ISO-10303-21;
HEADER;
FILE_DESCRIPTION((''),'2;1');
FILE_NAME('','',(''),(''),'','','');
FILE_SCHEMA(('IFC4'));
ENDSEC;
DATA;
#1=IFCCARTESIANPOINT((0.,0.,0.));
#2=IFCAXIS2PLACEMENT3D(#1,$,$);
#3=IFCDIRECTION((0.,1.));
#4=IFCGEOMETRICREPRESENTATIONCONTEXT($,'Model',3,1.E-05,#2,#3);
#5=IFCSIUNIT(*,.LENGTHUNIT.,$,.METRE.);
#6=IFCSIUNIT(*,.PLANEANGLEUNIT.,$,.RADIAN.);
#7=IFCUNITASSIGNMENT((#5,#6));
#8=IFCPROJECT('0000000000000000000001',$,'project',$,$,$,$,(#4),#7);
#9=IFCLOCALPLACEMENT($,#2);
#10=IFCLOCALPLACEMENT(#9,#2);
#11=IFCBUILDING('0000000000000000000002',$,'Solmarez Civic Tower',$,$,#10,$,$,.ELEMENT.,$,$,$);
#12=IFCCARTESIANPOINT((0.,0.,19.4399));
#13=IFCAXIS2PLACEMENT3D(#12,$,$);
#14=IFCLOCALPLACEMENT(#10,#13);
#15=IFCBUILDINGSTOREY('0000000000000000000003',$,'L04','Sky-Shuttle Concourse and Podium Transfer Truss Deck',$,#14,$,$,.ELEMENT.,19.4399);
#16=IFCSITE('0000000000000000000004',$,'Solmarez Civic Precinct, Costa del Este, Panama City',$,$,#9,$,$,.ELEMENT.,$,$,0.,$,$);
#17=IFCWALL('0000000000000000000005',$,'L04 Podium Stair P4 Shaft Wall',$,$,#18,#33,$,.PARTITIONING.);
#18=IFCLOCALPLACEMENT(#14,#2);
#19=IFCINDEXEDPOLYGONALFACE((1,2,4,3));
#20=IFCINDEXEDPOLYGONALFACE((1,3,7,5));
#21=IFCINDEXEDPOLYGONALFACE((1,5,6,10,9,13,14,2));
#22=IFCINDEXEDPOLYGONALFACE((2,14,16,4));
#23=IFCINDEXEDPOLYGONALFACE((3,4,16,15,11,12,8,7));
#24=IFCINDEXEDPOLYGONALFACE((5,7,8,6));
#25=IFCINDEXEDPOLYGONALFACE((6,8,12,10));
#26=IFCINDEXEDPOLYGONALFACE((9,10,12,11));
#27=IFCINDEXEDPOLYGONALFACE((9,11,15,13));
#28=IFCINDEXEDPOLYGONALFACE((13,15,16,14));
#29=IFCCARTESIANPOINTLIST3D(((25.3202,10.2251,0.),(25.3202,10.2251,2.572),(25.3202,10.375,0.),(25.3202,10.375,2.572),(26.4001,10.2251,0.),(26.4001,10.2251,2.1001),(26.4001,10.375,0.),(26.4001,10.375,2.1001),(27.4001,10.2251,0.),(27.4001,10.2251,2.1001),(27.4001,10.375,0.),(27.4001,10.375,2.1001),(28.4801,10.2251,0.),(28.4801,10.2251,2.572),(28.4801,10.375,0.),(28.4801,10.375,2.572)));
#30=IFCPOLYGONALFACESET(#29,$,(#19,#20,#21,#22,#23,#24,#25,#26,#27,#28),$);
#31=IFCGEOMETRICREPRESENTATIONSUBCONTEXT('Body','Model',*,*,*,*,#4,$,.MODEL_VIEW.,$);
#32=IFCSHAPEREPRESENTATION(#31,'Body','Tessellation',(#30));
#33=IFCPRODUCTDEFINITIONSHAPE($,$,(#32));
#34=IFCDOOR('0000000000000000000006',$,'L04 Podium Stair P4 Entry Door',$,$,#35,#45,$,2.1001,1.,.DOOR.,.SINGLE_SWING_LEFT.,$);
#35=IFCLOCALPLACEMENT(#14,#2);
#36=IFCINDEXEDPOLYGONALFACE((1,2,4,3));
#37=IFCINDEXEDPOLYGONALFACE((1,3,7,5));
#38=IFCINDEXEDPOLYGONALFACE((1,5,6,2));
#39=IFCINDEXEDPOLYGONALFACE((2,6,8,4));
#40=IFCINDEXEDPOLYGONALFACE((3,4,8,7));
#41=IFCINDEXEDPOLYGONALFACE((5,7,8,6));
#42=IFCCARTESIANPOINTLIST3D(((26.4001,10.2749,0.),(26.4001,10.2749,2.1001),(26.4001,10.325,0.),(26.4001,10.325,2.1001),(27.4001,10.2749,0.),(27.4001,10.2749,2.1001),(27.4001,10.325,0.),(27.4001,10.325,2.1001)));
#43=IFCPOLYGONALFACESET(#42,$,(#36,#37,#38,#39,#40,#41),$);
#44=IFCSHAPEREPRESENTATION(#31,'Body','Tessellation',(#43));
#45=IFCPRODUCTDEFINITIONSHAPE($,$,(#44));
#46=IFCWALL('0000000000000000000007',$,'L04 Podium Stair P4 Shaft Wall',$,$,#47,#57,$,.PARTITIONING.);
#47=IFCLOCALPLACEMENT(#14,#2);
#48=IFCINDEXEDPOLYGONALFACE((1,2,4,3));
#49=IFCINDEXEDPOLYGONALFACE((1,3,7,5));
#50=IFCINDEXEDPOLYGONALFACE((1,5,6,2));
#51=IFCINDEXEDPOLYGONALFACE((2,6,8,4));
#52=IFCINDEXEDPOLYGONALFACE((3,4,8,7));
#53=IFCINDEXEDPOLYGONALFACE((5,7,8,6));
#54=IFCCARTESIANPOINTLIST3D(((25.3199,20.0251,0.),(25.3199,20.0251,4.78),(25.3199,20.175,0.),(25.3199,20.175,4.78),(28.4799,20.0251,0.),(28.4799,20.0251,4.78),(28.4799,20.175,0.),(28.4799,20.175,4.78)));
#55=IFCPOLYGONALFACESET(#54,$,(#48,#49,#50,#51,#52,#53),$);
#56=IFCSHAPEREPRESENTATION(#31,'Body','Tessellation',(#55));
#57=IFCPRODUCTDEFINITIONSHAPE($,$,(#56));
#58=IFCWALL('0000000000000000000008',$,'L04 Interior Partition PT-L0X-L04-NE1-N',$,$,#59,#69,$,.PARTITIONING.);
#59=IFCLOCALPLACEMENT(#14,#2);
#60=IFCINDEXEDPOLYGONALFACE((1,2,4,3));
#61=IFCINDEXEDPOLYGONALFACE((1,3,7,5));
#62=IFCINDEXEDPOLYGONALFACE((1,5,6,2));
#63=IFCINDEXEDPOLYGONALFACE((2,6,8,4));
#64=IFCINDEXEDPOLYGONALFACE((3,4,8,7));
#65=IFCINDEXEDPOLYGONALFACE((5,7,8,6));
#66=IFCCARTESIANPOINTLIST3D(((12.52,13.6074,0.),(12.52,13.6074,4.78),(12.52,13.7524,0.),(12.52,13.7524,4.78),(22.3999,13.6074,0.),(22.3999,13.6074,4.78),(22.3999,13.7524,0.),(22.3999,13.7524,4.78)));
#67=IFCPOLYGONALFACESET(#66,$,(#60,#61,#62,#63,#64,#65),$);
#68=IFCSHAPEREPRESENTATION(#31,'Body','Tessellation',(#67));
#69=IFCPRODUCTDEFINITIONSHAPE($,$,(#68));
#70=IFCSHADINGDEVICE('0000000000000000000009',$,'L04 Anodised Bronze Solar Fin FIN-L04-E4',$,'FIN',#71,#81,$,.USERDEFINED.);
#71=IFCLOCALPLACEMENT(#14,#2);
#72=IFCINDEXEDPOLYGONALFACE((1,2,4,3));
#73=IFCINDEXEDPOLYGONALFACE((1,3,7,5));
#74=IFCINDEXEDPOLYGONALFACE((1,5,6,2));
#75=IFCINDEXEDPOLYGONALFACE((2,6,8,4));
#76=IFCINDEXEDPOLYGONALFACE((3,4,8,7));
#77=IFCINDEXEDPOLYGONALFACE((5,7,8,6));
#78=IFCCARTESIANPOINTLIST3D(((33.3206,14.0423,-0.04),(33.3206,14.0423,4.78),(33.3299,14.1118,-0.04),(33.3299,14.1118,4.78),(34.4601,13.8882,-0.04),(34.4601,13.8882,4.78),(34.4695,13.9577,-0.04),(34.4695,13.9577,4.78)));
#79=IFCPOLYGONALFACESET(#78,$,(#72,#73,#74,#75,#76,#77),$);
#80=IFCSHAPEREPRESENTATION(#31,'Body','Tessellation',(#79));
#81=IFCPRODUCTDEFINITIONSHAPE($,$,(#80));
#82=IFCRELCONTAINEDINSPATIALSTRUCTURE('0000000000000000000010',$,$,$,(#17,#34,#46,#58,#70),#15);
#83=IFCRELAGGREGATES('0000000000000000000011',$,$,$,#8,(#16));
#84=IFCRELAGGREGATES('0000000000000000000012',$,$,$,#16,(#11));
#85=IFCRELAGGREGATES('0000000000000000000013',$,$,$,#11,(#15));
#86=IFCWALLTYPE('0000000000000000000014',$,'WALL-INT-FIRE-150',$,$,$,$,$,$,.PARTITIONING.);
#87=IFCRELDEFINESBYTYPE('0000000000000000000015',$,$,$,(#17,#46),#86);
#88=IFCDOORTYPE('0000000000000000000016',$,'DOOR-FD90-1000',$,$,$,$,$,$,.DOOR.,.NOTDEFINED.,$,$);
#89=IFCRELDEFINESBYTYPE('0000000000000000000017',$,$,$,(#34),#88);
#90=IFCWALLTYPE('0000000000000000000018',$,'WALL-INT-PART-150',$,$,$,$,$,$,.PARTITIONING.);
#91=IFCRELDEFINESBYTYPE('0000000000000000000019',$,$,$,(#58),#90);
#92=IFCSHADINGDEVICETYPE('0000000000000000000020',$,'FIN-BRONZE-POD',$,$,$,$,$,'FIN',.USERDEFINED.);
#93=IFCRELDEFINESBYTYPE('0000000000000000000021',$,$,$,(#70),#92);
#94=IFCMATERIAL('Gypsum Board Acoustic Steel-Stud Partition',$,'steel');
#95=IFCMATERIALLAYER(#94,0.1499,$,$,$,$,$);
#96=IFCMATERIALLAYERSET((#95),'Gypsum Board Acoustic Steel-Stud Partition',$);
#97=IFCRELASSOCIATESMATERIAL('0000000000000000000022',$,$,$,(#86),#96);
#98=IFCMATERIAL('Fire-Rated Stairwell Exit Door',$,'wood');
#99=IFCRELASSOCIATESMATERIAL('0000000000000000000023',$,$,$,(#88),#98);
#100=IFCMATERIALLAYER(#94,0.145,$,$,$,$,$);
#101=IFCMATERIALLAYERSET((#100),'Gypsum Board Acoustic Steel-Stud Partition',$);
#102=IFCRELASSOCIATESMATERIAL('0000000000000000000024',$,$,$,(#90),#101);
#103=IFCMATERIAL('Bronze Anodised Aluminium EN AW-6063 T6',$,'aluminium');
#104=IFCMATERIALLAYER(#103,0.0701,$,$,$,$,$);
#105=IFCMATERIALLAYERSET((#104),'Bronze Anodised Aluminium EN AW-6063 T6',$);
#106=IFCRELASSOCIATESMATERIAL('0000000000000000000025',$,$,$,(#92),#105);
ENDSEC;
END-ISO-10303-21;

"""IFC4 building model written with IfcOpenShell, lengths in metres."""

from ifc_helpers import new_model, si_unit, direction, frame, frame_2d, origin, origin_2d, place, context, subcontext, project, spatial, rectangle, extrude, material, layer, layer_set, type_object, element, fill, save


model = new_model("IFC4")

# Units and contexts
model_context = context("Model", 3, precision=1e-05, world=origin(), true_north=direction((0.0, 1.0)))
body_context = subcontext(model_context, "Body", "Model", "MODEL_VIEW")
ifc_project = project(units=[si_unit("LENGTHUNIT", "METRE"), si_unit("PLANEANGLEUNIT", "RADIAN")], contexts=[model_context])

# Site, building, storey
site_placement = place(None, origin())
site = spatial("IfcSite", under=ifc_project, at=site_placement, Name="Solmarez Civic Precinct, Costa del Este, Panama City", CompositionType="ELEMENT", RefElevation=0.0)
building_placement = place(site_placement, origin())
building = spatial("IfcBuilding", under=site, at=building_placement, Name="Solmarez Civic Tower", CompositionType="ELEMENT")
storey_placement = place(building_placement, frame((0.0, 0.0, 19.4399)))
storey = spatial("IfcBuildingStorey", under=building, at=storey_placement, Name="L04", Description="Sky-Shuttle Concourse and Podium Transfer Truss Deck", CompositionType="ELEMENT", Elevation=19.4399)

# Shared definitions
ifc_material_1 = material(Name="Gypsum Board Acoustic Steel-Stud Partition", Category="steel")
ifc_layer_1 = layer(ifc_material_1, 0.1499)
ifc_layer_set_1 = layer_set([ifc_layer_1], Name="Gypsum Board Acoustic Steel-Stud Partition")
wall_type_1 = type_object("IfcWallType", Name="WALL-INT-FIRE-150", PredefinedType="PARTITIONING", material=ifc_layer_set_1)

# Wall, opening, door
wall_1_placement = place(storey_placement, frame((25.3201, 10.3, 0.0), z_axis=(0.0, 0.0, 1.0), x_axis=(1.0, 0.0, 0.0)))
wall_1 = element("IfcWall", 1, at=wall_1_placement, inside=storey, type_object=wall_type_1, Name="L04 Podium Stair P4 Shaft Wall", PredefinedType="PARTITIONING", context=body_context, shape_type="SweptSolid", body=[
    extrude(rectangle(XDim=3.1599, YDim=0.1499, at=frame_2d((1.5801, 0.0))), origin(), (0.0, 0.0, 1.0), 2.572),
])
opening_placement = place(wall_1_placement, frame((1.0801, 0.0, 0.0)))
opening = element("IfcOpeningElement", 2, at=opening_placement, cuts=wall_1, PredefinedType="OPENING", context=body_context, shape_type="SweptSolid", body=[
    extrude(rectangle(XDim=1.0, YDim=2.1001, at=frame_2d((0.5, 1.05))), frame((0.0, 0.085, 0.0), z_axis=(0.0, -1.0, 0.0), x_axis=(1.0, 0.0, 0.0)), (0.0, 0.0, 1.0), 0.1699),
])
ifc_material_2 = material(Name="Fire-Rated Stairwell Exit Door", Category="wood")
door_type = type_object("IfcDoorType", Name="DOOR-FD90-1000", OperationType="NOTDEFINED", PredefinedType="DOOR", material=ifc_material_2)
door_placement = place(opening_placement, origin())
door = element("IfcDoor", 3, at=door_placement, inside=storey, type_object=door_type, Name="L04 Podium Stair P4 Entry Door", OperationType="SINGLE_SWING_LEFT", OverallHeight=2.1001, OverallWidth=1.0, PredefinedType="DOOR", context=body_context, shape_type="SweptSolid", body=[
    extrude(rectangle(XDim=1.0, YDim=2.1001, at=frame_2d((0.5, 1.05))), frame((0.0, 0.0249, 0.0), z_axis=(0.0, -1.0, 0.0), x_axis=(1.0, 0.0, 0.0)), (0.0, 0.0, 1.0), 0.05),
])
fill(opening, door)

# Walls
wall_2_placement = place(storey_placement, frame((28.48, 20.1001, 0.0), z_axis=(0.0, 0.0, 1.0), x_axis=(-1.0, 0.0, 0.0)))
element("IfcWall", 4, at=wall_2_placement, inside=storey, type_object=wall_type_1, Name="L04 Podium Stair P4 Shaft Wall", PredefinedType="PARTITIONING", context=body_context, shape_type="SweptSolid", body=[
    extrude(rectangle(XDim=3.1599, YDim=0.1499, at=frame_2d((1.5801, 0.0))), origin(), (0.0, 0.0, 1.0), 4.78),
])
ifc_layer_2 = layer(ifc_material_1, 0.145)
ifc_layer_set_2 = layer_set([ifc_layer_2], Name="Gypsum Board Acoustic Steel-Stud Partition")
wall_type_2 = type_object("IfcWallType", Name="WALL-INT-PART-150", PredefinedType="PARTITIONING", material=ifc_layer_set_2)
wall_3_placement = place(storey_placement, frame((12.52, 13.6799, 0.0), z_axis=(0.0, 0.0, 1.0), x_axis=(1.0, 0.0, 0.0)))
element("IfcWall", 5, at=wall_3_placement, inside=storey, type_object=wall_type_2, Name="L04 Interior Partition PT-L0X-L04-NE1-N", PredefinedType="PARTITIONING", context=body_context, shape_type="SweptSolid", body=[
    extrude(rectangle(XDim=9.8799, YDim=0.145, at=frame_2d((4.9399, 0.0))), origin(), (0.0, 0.0, 1.0), 4.78),
])

# Shading device
ifc_material_3 = material(Name="Bronze Anodised Aluminium EN AW-6063 T6", Category="aluminium")
ifc_layer_3 = layer(ifc_material_3, 0.0701)
ifc_layer_set_3 = layer_set([ifc_layer_3], Name="Bronze Anodised Aluminium EN AW-6063 T6")
shading_device_type = type_object("IfcShadingDeviceType", Name="FIN-BRONZE-POD", ElementType="FIN", PredefinedType="USERDEFINED", material=ifc_layer_set_3)
shading_device_placement = place(storey_placement, frame((33.895, 14.0, -0.04), z_axis=(0.0, 0.0, 1.0), x_axis=(0.990983, -0.133986, 0.0)))
element("IfcShadingDevice", 6, at=shading_device_placement, inside=storey, type_object=shading_device_type, Name="L04 Anodised Bronze Solar Fin FIN-L04-E4", ObjectType="FIN", PredefinedType="USERDEFINED", context=body_context, shape_type="SweptSolid", body=[
    extrude(rectangle(XDim=1.1499, YDim=0.0701, at=origin_2d()), origin(), (0.0, 0.0, 1.0), 4.8201),
])

save(model, "model.ifc")
